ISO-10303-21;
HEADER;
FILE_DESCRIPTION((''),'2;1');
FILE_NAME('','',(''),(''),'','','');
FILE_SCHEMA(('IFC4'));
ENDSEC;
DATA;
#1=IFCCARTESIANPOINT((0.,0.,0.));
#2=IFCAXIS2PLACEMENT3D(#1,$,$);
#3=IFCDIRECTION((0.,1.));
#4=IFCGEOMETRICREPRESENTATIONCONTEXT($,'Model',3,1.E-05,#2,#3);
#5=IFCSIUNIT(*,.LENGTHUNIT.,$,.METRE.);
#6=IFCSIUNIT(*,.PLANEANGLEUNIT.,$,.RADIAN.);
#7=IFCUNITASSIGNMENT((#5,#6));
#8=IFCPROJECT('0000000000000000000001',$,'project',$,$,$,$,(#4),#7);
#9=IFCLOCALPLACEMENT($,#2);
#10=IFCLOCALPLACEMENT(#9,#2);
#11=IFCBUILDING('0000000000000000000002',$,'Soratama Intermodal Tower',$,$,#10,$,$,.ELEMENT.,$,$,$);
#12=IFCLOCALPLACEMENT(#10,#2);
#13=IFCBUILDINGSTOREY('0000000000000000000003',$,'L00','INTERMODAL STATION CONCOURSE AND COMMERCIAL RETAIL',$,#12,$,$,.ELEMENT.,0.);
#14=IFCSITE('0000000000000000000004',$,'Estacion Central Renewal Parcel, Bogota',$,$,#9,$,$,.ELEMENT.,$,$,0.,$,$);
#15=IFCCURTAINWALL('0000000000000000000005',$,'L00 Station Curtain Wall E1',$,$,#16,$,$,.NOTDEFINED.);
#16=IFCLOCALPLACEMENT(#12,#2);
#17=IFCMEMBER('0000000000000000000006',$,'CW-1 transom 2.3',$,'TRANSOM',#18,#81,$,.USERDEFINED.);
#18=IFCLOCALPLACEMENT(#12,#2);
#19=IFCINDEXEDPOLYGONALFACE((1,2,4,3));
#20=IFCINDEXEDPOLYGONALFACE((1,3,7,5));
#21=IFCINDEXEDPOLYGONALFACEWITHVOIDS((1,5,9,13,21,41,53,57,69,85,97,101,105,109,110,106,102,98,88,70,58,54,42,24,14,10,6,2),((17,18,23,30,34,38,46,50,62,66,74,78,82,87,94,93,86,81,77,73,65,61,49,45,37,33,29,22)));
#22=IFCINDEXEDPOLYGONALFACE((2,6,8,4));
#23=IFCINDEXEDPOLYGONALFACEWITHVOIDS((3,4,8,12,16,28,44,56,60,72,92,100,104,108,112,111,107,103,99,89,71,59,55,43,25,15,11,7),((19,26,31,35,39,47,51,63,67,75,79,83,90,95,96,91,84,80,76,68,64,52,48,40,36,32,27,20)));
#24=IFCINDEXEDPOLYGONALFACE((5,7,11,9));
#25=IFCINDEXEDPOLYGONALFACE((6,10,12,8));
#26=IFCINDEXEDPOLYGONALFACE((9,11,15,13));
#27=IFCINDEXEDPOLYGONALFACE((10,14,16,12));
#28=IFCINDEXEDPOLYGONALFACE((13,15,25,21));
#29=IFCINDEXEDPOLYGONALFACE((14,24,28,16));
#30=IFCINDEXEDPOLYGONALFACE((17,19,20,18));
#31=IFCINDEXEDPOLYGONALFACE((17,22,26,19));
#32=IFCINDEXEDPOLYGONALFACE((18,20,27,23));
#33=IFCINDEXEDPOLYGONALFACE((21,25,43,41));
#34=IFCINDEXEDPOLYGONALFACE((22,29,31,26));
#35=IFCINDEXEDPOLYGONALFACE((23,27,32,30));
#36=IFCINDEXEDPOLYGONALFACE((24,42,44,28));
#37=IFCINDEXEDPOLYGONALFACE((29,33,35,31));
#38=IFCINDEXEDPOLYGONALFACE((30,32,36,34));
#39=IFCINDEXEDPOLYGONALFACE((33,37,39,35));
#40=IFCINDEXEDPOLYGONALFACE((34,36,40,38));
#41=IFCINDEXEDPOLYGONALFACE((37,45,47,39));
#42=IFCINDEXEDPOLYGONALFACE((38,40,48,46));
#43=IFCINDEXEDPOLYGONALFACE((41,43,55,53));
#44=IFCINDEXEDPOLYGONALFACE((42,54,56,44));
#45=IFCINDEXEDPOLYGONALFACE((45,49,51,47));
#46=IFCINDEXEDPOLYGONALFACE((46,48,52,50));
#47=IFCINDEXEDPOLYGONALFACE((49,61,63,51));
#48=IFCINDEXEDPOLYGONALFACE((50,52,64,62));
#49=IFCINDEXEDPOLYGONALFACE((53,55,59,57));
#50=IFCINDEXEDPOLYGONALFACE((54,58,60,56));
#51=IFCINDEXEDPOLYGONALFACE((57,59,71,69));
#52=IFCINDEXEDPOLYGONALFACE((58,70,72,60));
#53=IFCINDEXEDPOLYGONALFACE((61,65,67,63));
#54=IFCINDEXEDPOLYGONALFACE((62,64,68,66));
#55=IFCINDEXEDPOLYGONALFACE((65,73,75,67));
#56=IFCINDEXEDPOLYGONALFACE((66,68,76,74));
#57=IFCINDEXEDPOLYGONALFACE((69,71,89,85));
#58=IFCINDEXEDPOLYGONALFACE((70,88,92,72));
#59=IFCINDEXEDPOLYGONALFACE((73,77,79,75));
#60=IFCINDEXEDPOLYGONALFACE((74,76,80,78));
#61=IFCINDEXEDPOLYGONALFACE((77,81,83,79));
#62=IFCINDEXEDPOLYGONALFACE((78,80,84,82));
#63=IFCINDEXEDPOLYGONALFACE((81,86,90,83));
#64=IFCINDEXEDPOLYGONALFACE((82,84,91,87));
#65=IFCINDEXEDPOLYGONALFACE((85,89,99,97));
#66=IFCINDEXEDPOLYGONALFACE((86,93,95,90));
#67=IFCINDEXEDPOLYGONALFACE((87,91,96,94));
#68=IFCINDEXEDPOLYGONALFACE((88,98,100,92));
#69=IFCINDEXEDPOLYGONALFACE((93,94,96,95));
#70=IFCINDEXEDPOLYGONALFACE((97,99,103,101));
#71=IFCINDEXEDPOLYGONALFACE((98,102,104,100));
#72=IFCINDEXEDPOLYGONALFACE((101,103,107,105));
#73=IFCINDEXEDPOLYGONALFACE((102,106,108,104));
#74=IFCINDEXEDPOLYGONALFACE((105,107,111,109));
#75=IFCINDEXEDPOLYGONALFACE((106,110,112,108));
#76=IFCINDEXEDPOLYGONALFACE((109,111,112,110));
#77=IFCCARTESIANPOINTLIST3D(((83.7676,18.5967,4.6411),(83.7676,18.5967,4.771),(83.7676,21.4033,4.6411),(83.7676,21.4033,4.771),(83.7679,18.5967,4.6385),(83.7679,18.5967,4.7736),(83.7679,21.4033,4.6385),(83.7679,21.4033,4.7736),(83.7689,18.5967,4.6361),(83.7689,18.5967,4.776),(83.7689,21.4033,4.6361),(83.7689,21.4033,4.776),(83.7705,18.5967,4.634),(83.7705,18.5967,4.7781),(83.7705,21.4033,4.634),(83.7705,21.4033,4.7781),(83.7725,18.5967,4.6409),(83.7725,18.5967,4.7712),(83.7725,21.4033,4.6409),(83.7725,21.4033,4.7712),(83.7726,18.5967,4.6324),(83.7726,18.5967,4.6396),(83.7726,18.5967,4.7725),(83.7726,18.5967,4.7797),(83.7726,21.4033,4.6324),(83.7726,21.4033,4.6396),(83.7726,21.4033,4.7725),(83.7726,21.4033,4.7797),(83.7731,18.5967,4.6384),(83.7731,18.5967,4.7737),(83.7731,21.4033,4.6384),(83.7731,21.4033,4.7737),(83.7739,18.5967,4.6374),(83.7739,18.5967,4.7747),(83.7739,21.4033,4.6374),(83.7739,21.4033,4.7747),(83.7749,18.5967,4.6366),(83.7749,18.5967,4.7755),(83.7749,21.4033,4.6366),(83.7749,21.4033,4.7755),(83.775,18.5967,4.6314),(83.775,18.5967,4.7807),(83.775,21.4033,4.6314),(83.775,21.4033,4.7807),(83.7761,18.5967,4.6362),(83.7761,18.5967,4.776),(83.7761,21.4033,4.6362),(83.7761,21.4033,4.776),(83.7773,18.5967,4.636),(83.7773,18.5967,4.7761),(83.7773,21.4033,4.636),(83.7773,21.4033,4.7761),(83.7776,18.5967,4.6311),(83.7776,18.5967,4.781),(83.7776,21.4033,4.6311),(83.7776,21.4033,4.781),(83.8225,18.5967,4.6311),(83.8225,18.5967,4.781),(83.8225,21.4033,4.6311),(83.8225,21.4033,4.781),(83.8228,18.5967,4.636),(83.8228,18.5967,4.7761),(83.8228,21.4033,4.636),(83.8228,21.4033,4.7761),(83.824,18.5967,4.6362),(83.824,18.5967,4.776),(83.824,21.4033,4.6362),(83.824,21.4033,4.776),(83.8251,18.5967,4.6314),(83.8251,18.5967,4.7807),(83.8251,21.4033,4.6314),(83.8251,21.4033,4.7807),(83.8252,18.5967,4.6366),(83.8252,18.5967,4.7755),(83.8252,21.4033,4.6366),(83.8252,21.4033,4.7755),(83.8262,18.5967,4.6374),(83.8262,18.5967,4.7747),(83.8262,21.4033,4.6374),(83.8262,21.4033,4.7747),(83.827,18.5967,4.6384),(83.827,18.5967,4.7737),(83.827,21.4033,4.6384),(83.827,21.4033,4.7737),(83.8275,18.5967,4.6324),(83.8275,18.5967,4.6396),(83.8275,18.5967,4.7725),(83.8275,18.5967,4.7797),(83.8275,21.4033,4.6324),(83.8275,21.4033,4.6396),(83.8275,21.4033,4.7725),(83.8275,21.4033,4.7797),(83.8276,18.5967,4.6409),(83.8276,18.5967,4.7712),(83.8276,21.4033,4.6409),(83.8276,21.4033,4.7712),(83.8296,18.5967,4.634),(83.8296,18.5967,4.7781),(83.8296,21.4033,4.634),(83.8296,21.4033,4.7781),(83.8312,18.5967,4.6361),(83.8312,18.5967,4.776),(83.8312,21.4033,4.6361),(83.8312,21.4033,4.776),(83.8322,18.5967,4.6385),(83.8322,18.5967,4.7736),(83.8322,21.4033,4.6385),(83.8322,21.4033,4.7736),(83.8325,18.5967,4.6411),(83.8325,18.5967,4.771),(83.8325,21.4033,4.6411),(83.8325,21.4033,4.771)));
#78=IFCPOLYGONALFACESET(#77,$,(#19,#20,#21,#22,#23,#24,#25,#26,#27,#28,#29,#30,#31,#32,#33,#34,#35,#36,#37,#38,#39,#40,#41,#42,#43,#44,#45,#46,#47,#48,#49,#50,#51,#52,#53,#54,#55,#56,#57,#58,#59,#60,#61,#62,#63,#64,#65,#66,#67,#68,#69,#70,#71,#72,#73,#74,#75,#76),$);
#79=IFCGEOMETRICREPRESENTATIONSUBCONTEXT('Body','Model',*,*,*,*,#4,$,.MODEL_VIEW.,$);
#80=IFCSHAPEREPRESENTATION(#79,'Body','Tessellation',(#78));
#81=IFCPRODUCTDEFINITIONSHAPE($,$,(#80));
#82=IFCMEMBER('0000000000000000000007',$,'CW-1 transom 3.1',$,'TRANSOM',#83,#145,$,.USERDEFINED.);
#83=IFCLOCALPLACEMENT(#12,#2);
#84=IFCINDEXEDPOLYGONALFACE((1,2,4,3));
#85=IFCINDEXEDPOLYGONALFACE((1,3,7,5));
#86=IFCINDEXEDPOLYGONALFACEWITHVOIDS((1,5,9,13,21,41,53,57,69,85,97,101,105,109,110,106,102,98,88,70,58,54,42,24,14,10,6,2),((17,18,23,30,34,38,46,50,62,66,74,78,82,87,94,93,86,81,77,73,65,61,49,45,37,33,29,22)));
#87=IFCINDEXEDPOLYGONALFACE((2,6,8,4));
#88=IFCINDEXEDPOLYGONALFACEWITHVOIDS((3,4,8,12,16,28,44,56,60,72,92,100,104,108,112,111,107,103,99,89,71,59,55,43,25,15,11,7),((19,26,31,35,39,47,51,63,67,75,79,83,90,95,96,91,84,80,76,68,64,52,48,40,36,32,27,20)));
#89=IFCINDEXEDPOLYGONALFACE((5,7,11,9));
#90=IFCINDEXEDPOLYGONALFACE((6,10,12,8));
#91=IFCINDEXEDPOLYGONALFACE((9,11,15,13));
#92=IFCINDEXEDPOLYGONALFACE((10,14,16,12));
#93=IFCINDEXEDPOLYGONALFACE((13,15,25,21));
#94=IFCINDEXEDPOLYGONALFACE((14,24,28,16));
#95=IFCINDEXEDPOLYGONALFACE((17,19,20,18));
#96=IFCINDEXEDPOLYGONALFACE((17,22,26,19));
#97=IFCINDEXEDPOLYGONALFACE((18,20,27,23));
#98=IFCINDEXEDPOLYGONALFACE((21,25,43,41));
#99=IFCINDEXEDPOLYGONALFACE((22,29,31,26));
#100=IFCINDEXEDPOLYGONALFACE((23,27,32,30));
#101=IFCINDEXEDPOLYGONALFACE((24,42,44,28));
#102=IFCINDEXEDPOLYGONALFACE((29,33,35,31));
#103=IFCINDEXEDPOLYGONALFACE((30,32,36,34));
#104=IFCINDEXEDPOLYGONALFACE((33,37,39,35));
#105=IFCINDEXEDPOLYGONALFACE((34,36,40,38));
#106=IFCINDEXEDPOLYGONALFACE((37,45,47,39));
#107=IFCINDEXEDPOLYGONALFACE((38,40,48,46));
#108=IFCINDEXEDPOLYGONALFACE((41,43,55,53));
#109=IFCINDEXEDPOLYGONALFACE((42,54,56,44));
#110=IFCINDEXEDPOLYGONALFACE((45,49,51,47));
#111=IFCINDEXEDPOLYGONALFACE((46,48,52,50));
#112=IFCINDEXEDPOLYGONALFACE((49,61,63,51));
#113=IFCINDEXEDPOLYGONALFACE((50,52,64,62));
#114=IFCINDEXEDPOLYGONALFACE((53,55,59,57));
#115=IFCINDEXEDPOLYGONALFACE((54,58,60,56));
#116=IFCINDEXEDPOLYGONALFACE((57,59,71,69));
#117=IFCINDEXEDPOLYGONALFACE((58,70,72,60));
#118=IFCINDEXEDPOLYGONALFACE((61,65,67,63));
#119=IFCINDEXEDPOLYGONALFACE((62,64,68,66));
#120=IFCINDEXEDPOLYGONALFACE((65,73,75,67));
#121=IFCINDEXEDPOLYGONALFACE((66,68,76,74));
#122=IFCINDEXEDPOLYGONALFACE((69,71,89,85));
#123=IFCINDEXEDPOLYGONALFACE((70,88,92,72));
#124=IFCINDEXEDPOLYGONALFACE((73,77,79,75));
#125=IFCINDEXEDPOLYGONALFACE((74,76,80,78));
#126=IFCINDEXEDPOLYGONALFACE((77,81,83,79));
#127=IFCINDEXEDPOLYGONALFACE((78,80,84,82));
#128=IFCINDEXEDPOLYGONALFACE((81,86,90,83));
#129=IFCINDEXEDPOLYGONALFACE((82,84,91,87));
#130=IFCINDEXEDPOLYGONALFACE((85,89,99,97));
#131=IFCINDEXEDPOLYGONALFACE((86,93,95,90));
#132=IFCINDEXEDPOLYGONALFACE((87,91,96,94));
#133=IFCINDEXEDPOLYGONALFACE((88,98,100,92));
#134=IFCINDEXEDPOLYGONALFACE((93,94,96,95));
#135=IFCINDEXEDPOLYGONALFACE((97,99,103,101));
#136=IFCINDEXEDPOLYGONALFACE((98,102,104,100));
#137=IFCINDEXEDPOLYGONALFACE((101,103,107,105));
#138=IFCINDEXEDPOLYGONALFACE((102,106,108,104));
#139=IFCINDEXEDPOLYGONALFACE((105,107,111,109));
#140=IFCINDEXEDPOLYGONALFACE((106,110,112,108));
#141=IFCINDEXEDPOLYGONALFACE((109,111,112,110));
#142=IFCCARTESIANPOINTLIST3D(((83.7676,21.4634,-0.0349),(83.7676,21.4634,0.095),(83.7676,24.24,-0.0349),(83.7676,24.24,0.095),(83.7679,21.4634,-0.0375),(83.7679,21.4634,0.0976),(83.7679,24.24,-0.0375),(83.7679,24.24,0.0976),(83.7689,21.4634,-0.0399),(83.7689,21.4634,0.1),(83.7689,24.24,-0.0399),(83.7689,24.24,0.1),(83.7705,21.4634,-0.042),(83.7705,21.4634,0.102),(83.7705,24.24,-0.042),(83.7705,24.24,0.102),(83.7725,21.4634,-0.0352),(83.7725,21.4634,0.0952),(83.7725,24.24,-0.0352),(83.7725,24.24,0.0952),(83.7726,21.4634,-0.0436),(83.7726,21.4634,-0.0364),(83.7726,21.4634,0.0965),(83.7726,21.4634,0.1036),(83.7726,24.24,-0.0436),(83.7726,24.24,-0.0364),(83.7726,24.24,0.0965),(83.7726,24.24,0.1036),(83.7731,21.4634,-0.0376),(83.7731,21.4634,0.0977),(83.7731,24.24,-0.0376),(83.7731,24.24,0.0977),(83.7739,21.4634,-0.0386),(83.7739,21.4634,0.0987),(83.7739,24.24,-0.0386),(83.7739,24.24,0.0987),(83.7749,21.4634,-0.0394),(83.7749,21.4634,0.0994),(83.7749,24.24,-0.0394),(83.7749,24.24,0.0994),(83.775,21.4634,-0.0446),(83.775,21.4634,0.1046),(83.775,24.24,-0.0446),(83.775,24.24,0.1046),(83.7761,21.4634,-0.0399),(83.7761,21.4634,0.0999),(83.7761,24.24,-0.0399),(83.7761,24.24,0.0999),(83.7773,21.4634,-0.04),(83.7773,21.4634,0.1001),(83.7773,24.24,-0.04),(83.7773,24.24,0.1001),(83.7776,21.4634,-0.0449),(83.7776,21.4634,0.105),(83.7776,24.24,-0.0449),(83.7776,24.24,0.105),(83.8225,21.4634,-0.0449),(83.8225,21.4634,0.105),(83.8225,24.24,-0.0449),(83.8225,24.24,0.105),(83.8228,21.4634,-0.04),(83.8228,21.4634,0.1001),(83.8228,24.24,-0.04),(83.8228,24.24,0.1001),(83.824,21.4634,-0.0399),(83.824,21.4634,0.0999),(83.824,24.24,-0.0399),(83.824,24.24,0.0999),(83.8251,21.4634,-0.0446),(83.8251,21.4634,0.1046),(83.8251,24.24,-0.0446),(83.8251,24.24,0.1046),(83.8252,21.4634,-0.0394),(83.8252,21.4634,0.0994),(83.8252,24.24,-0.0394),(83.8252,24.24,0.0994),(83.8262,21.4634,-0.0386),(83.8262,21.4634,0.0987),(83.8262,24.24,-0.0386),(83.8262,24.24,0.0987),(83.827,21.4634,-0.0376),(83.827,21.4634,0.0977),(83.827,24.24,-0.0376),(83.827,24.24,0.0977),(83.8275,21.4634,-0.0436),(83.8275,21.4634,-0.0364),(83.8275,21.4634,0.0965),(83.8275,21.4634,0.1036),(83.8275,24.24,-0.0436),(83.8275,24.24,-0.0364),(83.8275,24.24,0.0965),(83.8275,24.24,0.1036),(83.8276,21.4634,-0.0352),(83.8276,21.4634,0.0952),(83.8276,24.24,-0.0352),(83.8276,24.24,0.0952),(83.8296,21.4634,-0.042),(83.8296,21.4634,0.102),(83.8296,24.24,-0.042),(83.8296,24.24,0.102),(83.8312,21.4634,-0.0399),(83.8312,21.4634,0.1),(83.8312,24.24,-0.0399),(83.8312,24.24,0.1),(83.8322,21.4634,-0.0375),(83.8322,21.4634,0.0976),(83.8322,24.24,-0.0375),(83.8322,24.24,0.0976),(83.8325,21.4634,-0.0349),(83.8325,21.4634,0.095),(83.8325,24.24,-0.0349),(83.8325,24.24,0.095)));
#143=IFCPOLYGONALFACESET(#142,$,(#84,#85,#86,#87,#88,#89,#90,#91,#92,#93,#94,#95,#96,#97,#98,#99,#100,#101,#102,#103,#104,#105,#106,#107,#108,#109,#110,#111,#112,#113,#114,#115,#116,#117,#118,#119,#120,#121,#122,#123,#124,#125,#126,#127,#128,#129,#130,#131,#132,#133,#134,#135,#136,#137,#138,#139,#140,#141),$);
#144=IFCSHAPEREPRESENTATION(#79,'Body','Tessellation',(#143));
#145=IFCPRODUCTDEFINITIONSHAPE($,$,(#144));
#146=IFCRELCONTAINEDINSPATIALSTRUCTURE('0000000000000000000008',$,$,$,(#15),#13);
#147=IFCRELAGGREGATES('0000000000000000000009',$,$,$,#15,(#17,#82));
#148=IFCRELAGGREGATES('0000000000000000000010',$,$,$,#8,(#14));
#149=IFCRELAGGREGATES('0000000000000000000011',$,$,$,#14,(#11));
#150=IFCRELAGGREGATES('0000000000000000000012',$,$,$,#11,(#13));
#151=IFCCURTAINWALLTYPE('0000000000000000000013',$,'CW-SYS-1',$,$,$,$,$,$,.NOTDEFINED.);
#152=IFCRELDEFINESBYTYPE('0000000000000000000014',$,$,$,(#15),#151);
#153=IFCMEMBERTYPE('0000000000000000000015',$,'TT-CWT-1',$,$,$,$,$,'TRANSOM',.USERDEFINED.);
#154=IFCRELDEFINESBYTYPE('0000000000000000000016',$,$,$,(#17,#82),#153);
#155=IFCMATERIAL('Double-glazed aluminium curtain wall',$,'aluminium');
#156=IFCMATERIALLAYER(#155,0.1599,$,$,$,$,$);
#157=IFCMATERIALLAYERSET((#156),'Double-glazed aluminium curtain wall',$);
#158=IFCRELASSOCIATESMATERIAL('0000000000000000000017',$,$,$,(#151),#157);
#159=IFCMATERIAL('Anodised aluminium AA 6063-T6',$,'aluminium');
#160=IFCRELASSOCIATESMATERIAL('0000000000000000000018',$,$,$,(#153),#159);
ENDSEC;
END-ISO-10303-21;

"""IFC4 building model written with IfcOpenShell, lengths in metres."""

from ifc_helpers import new_model, si_unit, direction, frame, origin, origin_2d, place, context, subcontext, project, spatial, hollow_rectangle, extrude, material, layer, layer_set, material_profile, profile_set, type_object, element, aggregate, save


model = new_model("IFC4")

# Units and contexts
model_context = context("Model", 3, precision=1e-05, world=origin(), true_north=direction((0.0, 1.0)))
body_context = subcontext(model_context, "Body", "Model", "MODEL_VIEW")
ifc_project = project(units=[si_unit("LENGTHUNIT", "METRE"), si_unit("PLANEANGLEUNIT", "RADIAN")], contexts=[model_context])

# Site, building, storey
site_placement = place(None, origin())
site = spatial("IfcSite", under=ifc_project, at=site_placement, Name="Estacion Central Renewal Parcel, Bogota", CompositionType="ELEMENT", RefElevation=0.0)
building_placement = place(site_placement, origin())
building = spatial("IfcBuilding", under=site, at=building_placement, Name="Soratama Intermodal Tower", CompositionType="ELEMENT")
storey_placement = place(building_placement, origin())
storey = spatial("IfcBuildingStorey", under=building, at=storey_placement, Name="L00", Description="INTERMODAL STATION CONCOURSE AND COMMERCIAL RETAIL", CompositionType="ELEMENT", Elevation=0.0)

# Curtain wall
ifc_material_1 = material(Name="Double-glazed aluminium curtain wall", Category="aluminium")
ifc_layer_1 = layer(ifc_material_1, 0.1599)
ifc_layer_set_1 = layer_set([ifc_layer_1], Name="Double-glazed aluminium curtain wall")
curtain_wall_type = type_object("IfcCurtainWallType", Name="CW-SYS-1", PredefinedType="NOTDEFINED", material=ifc_layer_set_1)
curtain_wall_1_placement = place(storey_placement, origin())
curtain_wall_1 = element("IfcCurtainWall", 1, at=curtain_wall_1_placement, inside=storey, type_object=curtain_wall_type, Name="L00 Station Curtain Wall E1", PredefinedType="NOTDEFINED")

# Members
ifc_material_2 = material(Name="Anodised aluminium AA 6063-T6", Category="aluminium")
ifc_material_profile_1 = material_profile(ifc_material_2, hollow_rectangle(XDim=0.0649, YDim=0.1499, WallThickness=0.0049, InnerFilletRadius=0.0049, OuterFilletRadius=0.01, at=origin_2d()), Name="CWT150X65X5")
ifc_profile_set_1 = profile_set([ifc_material_profile_1], Name="Anodised aluminium AA 6063-T6")
member_type_1 = type_object("IfcMemberType", Name="TT-CWT-1", ElementType="TRANSOM", PredefinedType="USERDEFINED", material=ifc_profile_set_1)
member_1_placement = place(storey_placement, frame((83.8, 18.5967, 4.7061), z_axis=(0.0, 1.0, 0.0), x_axis=(-1.0, 0.0, 0.0)))
member_1 = element("IfcMember", 2, at=member_1_placement, type_object=member_type_1, Name="CW-1 transom 2.3", ObjectType="TRANSOM", PredefinedType="USERDEFINED", context=body_context, shape_type="SweptSolid", body=[
    extrude(hollow_rectangle(XDim=0.0649, YDim=0.1499, WallThickness=0.0049, InnerFilletRadius=0.0049, OuterFilletRadius=0.01, at=origin_2d()), origin(), (0.0, 0.0, 1.0), 2.8066),
])
member_2_placement = place(storey_placement, frame((83.8, 21.4634, 0.03), z_axis=(0.0, 1.0, 0.0), x_axis=(-1.0, 0.0, 0.0)))
member_2 = element("IfcMember", 3, at=member_2_placement, type_object=member_type_1, Name="CW-1 transom 3.1", ObjectType="TRANSOM", PredefinedType="USERDEFINED", context=body_context, shape_type="SweptSolid", body=[
    extrude(hollow_rectangle(XDim=0.0649, YDim=0.1499, WallThickness=0.0049, InnerFilletRadius=0.0049, OuterFilletRadius=0.01, at=origin_2d()), origin(), (0.0, 0.0, 1.0), 2.7766),
])

aggregate(curtain_wall_1, [member_1, member_2])

save(model, "model.ifc")
